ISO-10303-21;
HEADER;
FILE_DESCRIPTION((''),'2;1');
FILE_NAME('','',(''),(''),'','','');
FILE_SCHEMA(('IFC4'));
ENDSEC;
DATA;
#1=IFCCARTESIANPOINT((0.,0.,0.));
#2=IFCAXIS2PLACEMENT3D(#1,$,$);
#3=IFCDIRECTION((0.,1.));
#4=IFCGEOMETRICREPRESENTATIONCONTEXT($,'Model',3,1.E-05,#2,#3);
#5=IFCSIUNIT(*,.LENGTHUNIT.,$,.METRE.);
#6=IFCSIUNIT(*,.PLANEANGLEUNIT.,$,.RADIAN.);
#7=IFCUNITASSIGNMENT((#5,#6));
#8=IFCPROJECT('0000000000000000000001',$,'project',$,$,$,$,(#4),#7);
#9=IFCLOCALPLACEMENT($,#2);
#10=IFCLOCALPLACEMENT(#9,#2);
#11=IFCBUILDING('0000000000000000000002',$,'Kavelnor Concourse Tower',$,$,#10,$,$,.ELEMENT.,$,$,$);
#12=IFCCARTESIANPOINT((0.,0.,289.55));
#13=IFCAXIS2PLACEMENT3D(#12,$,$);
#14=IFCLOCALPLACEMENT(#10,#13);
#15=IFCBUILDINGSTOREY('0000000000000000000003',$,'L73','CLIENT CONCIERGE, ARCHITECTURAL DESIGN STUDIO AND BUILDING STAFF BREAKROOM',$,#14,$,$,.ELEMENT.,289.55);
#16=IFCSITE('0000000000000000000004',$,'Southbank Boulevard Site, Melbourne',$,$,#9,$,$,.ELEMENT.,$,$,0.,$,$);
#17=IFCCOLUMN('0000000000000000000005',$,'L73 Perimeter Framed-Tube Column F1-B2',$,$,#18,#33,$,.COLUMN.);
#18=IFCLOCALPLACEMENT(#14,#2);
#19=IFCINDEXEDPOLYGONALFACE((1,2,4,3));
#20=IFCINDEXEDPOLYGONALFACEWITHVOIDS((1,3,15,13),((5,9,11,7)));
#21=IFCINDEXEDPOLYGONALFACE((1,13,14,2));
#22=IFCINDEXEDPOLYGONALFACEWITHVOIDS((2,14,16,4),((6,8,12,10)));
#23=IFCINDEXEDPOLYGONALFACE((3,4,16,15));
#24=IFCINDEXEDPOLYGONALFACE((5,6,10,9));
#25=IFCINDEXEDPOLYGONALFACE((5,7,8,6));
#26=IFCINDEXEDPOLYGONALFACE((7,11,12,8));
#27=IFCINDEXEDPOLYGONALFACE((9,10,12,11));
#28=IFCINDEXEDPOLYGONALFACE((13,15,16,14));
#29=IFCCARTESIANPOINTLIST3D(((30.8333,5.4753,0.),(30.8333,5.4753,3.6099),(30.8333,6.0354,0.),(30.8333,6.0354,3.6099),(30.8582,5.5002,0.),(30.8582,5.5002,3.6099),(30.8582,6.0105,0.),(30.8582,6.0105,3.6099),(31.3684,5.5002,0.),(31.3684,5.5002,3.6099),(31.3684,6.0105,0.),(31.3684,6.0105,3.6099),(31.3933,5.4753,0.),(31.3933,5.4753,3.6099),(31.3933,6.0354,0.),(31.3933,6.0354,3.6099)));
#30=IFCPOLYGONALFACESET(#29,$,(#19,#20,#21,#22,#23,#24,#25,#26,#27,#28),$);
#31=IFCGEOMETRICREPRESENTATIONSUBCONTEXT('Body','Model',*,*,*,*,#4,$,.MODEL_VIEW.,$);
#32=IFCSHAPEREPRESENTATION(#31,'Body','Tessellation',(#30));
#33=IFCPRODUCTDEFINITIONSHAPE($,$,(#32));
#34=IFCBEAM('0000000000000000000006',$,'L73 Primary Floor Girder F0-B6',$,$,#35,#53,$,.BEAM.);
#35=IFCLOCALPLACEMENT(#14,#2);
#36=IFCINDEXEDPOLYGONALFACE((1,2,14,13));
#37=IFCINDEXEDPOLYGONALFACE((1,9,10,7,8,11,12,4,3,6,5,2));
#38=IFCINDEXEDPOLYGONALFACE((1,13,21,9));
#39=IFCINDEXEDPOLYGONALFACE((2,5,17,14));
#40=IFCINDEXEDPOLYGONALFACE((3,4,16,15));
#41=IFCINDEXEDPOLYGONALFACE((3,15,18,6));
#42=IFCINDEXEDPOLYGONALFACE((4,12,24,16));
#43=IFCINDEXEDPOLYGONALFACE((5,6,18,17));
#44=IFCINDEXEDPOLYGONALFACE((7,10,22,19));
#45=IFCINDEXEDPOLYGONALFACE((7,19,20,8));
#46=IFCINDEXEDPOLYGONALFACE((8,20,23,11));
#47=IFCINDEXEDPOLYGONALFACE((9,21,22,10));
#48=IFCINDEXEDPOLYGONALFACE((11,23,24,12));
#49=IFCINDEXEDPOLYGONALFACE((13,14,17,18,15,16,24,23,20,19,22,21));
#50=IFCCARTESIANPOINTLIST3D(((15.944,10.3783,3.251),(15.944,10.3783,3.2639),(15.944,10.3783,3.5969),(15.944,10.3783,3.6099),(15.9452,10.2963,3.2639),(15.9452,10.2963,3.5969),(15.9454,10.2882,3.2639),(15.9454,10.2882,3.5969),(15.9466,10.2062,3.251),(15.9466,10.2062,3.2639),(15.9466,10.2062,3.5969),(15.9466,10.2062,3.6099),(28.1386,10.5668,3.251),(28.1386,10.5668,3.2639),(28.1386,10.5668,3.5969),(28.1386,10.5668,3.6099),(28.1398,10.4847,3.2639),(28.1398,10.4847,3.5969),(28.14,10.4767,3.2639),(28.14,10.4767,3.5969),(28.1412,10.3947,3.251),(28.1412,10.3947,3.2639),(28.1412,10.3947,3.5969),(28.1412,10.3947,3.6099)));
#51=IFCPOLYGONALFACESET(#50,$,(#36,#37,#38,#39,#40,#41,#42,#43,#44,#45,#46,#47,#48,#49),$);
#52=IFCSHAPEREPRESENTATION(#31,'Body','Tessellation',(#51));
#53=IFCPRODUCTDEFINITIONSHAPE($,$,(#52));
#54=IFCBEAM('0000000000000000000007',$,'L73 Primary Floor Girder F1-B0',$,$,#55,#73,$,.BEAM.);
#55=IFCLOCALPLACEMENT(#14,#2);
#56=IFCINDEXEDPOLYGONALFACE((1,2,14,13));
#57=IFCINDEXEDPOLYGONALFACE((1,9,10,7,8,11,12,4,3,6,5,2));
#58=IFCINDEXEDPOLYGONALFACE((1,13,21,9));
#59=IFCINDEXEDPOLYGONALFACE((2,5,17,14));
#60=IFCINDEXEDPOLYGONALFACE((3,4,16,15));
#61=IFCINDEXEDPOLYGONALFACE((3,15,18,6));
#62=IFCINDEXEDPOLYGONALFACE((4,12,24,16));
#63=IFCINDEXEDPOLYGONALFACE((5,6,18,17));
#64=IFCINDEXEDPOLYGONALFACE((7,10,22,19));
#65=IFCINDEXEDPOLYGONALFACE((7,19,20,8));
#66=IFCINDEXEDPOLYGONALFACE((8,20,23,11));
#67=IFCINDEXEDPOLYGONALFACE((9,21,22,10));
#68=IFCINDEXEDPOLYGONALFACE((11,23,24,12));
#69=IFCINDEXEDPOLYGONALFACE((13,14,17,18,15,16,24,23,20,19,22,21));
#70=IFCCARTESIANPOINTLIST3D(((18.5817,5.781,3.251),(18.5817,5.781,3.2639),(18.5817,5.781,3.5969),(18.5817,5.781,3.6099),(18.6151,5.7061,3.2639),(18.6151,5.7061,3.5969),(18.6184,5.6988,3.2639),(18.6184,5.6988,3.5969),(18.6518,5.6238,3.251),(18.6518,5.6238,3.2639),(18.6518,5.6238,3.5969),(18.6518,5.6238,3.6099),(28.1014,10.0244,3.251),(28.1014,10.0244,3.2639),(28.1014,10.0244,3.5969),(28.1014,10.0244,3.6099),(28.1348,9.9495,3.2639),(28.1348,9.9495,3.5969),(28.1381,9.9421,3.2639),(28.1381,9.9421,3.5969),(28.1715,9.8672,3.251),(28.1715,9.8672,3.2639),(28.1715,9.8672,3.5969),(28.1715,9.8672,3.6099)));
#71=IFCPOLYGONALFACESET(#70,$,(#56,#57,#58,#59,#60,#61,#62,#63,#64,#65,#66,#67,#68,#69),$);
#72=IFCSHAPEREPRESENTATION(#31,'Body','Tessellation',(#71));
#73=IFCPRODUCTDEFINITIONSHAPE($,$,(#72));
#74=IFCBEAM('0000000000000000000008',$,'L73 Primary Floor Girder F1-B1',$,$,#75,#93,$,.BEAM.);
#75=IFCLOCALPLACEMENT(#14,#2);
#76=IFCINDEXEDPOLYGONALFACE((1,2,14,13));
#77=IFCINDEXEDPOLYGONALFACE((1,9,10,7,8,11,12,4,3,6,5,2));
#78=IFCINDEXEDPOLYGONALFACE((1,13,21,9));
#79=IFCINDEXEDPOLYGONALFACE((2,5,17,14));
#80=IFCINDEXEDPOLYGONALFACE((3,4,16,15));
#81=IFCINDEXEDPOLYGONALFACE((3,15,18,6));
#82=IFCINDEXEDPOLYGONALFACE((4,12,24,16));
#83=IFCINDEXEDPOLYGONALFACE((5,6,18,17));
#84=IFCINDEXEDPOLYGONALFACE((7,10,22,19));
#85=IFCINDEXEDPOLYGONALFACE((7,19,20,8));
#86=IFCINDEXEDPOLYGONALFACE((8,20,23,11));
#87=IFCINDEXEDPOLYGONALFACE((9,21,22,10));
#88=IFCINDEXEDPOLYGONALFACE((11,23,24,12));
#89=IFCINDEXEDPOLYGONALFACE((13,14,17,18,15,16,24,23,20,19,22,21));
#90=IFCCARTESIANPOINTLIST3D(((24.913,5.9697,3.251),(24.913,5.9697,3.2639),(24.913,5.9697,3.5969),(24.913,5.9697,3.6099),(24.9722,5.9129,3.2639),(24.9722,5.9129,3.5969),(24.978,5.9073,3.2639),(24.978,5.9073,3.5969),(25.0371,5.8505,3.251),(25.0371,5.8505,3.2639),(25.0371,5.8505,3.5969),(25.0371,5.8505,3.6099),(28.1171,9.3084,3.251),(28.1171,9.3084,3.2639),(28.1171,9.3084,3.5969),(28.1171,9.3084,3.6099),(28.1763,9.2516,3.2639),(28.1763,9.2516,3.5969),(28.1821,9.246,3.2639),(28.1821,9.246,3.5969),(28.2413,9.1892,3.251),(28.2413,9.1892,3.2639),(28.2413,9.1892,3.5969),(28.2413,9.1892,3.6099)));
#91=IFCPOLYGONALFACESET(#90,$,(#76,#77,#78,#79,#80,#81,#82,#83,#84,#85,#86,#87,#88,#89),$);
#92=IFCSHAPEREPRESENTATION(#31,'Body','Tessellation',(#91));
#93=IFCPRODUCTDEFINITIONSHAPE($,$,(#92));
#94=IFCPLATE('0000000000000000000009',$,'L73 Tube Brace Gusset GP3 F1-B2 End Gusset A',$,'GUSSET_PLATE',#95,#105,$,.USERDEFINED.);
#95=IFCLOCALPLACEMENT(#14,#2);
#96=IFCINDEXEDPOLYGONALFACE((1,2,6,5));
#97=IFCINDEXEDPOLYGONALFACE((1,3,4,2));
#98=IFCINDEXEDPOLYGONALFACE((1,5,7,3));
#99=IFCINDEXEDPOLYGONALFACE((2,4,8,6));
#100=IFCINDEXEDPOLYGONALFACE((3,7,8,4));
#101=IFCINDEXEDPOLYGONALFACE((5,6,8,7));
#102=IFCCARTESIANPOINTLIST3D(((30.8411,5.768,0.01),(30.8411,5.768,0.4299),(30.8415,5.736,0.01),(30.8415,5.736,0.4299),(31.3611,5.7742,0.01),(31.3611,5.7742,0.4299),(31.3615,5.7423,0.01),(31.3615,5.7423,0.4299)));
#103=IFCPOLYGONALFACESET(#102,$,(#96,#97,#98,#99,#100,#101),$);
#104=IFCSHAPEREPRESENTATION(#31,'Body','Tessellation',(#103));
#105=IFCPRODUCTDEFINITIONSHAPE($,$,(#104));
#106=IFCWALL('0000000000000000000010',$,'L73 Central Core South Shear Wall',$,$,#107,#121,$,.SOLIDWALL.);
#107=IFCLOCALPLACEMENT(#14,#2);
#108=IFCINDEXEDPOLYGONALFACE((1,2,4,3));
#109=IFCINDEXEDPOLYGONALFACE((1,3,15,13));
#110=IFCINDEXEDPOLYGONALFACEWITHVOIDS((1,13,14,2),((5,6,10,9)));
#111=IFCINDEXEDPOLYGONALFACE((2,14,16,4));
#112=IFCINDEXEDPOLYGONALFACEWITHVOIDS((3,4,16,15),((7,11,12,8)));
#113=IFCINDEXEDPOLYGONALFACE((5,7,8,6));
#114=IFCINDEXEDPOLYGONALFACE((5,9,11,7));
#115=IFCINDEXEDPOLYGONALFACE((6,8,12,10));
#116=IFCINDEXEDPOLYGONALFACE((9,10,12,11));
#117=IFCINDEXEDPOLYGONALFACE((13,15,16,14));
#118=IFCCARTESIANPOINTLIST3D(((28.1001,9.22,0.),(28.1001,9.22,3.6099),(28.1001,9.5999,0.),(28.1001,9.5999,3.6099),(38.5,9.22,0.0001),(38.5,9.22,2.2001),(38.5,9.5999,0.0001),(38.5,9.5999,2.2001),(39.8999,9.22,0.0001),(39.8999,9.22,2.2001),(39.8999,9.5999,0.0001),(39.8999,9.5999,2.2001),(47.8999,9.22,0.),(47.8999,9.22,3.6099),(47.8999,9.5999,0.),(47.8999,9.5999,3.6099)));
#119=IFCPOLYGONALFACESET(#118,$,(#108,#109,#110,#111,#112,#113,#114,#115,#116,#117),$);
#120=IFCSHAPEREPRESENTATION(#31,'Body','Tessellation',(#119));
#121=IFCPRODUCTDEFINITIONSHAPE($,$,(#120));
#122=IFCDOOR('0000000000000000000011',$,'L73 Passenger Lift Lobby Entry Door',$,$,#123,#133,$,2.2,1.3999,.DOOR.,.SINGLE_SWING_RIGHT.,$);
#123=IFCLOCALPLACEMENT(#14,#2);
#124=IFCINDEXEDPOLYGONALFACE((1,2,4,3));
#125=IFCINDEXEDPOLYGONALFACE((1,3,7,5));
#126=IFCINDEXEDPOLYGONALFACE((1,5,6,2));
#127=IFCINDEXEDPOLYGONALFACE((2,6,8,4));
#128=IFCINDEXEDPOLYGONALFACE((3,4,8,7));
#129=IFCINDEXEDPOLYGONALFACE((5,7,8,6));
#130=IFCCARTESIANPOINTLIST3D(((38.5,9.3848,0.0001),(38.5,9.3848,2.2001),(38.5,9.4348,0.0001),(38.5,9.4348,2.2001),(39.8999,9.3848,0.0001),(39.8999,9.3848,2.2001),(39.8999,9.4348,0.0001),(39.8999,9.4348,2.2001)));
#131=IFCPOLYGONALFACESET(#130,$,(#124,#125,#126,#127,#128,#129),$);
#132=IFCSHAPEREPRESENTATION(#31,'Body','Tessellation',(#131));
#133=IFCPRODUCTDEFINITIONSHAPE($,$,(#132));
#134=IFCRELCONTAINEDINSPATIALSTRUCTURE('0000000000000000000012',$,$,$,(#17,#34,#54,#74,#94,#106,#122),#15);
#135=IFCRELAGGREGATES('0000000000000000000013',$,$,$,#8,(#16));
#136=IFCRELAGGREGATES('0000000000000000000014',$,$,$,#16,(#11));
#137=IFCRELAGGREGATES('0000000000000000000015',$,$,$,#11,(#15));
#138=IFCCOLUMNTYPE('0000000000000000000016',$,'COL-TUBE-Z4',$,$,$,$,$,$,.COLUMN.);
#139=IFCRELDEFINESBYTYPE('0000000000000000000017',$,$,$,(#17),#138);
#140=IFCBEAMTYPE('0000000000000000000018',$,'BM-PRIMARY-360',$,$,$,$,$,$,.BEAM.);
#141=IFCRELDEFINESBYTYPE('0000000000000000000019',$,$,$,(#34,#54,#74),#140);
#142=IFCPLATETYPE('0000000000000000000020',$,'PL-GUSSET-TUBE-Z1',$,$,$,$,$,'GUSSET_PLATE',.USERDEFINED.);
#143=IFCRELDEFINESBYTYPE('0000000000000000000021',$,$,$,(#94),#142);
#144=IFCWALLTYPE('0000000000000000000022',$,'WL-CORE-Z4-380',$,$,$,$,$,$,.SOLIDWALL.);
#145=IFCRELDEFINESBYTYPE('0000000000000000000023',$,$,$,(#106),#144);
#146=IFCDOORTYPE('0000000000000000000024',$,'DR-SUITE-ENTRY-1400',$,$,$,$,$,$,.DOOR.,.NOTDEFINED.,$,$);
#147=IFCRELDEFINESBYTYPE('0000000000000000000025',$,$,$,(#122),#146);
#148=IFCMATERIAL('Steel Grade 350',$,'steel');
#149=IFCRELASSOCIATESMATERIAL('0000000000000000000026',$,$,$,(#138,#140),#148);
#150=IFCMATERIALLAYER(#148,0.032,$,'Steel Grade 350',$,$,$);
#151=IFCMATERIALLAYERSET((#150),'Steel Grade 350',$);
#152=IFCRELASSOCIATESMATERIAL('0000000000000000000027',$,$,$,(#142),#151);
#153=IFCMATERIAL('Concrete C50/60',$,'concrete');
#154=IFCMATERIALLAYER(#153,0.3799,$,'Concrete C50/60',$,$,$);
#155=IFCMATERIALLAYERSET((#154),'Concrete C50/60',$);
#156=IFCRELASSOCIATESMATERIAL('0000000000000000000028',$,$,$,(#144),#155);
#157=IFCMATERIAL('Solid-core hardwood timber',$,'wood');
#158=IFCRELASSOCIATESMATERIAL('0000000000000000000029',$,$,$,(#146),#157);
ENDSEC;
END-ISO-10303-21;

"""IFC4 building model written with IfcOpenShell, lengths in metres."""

from ifc_helpers import new_model, si_unit, direction, frame, frame_2d, origin, origin_2d, place, context, subcontext, project, spatial, rectangle, hollow_rectangle, i_section, extrude, material, layer, layer_set, material_profile, profile_set, type_object, element, fill, save


model = new_model("IFC4")

# Units and contexts
model_context = context("Model", 3, precision=1e-05, world=origin(), true_north=direction((0.0, 1.0)))
body_context = subcontext(model_context, "Body", "Model", "MODEL_VIEW")
ifc_project = project(units=[si_unit("LENGTHUNIT", "METRE"), si_unit("PLANEANGLEUNIT", "RADIAN")], contexts=[model_context])

# Site, building, storey
site_placement = place(None, origin())
site = spatial("IfcSite", under=ifc_project, at=site_placement, Name="Southbank Boulevard Site, Melbourne", CompositionType="ELEMENT", RefElevation=0.0)
building_placement = place(site_placement, origin())
building = spatial("IfcBuilding", under=site, at=building_placement, Name="Kavelnor Concourse Tower", CompositionType="ELEMENT")
storey_placement = place(building_placement, frame((0.0, 0.0, 289.55)))
storey = spatial("IfcBuildingStorey", under=building, at=storey_placement, Name="L73", Description="CLIENT CONCIERGE, ARCHITECTURAL DESIGN STUDIO AND BUILDING STAFF BREAKROOM", CompositionType="ELEMENT", Elevation=289.55)

# Column
ifc_material_1 = material(Name="Steel Grade 350", Category="steel")
ifc_material_profile_1 = material_profile(ifc_material_1, hollow_rectangle(XDim=0.5601, YDim=0.5601, WallThickness=0.0249, at=origin_2d()), Name="SHS 560x560x25")
ifc_profile_set_1 = profile_set([ifc_material_profile_1], Name="Steel Grade 350")
column_type = type_object("IfcColumnType", Name="COL-TUBE-Z4", PredefinedType="COLUMN", material=ifc_profile_set_1)
column_placement = place(storey_placement, frame((31.1133, 5.7554, 0.0), z_axis=(0.0, 0.0, 1.0), x_axis=(1.0, 0.0, 0.0)))
element("IfcColumn", 1, at=column_placement, inside=storey, type_object=column_type, Name="L73 Perimeter Framed-Tube Column F1-B2", PredefinedType="COLUMN", context=body_context, shape_type="SweptSolid", body=[
    extrude(hollow_rectangle(XDim=0.5601, YDim=0.5601, WallThickness=0.0249, at=origin_2d()), origin(), (0.0, 0.0, 1.0), 3.6099),
])

# Beams
ifc_material_profile_2 = material_profile(ifc_material_1, i_section(OverallWidth=0.1721, OverallDepth=0.3589, WebThickness=0.0081, FlangeThickness=0.0129, at=origin_2d()), Name="360UB56")
ifc_profile_set_2 = profile_set([ifc_material_profile_2], Name="Steel Grade 350")
beam_type = type_object("IfcBeamType", Name="BM-PRIMARY-360", PredefinedType="BEAM", material=ifc_profile_set_2)
beam_1_placement = place(storey_placement, frame((28.1399, 10.4807, 3.4304), z_axis=(-0.999881, -0.015454, 0.0), x_axis=(0.015454, -0.999881, 0.0)))
element("IfcBeam", 2, at=beam_1_placement, inside=storey, type_object=beam_type, Name="L73 Primary Floor Girder F0-B6", PredefinedType="BEAM", context=body_context, shape_type="SweptSolid", body=[
    extrude(i_section(OverallWidth=0.1721, OverallDepth=0.3589, WebThickness=0.0081, FlangeThickness=0.0129, at=origin_2d()), origin(), (0.0, 0.0, 1.0), 12.196),
])
beam_2_placement = place(storey_placement, frame((28.1365, 9.9458, 3.4304), z_axis=(-0.91337, -0.407131, 0.0), x_axis=(0.407131, -0.91337, 0.0)))
element("IfcBeam", 3, at=beam_2_placement, inside=storey, type_object=beam_type, Name="L73 Primary Floor Girder F1-B0", PredefinedType="BEAM", context=body_context, shape_type="SweptSolid", body=[
    extrude(i_section(OverallWidth=0.1721, OverallDepth=0.3589, WebThickness=0.0081, FlangeThickness=0.0129, at=origin_2d()), origin(), (0.0, 0.0, 1.0), 10.4226),
])
beam_3_placement = place(storey_placement, frame((28.1792, 9.2488, 3.4304), z_axis=(-0.692422, -0.721493, 0.0), x_axis=(0.721493, -0.692422, 0.0)))
element("IfcBeam", 4, at=beam_3_placement, inside=storey, type_object=beam_type, Name="L73 Primary Floor Girder F1-B1", PredefinedType="BEAM", context=body_context, shape_type="SweptSolid", body=[
    extrude(i_section(OverallWidth=0.1721, OverallDepth=0.3589, WebThickness=0.0081, FlangeThickness=0.0129, at=origin_2d()), origin(), (0.0, 0.0, 1.0), 4.6274),
])

# Plate
ifc_layer_1 = layer(ifc_material_1, 0.032, Name="Steel Grade 350")
ifc_layer_set_1 = layer_set([ifc_layer_1], Name="Steel Grade 350")
plate_type = type_object("IfcPlateType", Name="PL-GUSSET-TUBE-Z1", ElementType="GUSSET_PLATE", PredefinedType="USERDEFINED", material=ifc_layer_set_1)
plate_placement = place(storey_placement, frame((31.1013, 5.7551, 0.01), z_axis=(0.0, 0.0, 1.0), x_axis=(0.999927, 0.012042, 0.0)))
element("IfcPlate", 5, at=plate_placement, inside=storey, type_object=plate_type, Name="L73 Tube Brace Gusset GP3 F1-B2 End Gusset A", ObjectType="GUSSET_PLATE", PredefinedType="USERDEFINED", context=body_context, shape_type="SweptSolid", body=[
    extrude(rectangle(XDim=0.52, YDim=0.032, at=origin_2d()), origin(), (0.0, 0.0, 1.0), 0.4199),
])

# Wall, opening, door
ifc_material_2 = material(Name="Concrete C50/60", Category="concrete")
ifc_layer_2 = layer(ifc_material_2, 0.3799, Name="Concrete C50/60")
ifc_layer_set_2 = layer_set([ifc_layer_2], Name="Concrete C50/60")
wall_type = type_object("IfcWallType", Name="WL-CORE-Z4-380", PredefinedType="SOLIDWALL", material=ifc_layer_set_2)
wall_1_placement = place(storey_placement, frame((28.1001, 9.4099, 0.0), z_axis=(0.0, 0.0, 1.0), x_axis=(1.0, 0.0, 0.0)))
wall_1 = element("IfcWall", 6, at=wall_1_placement, inside=storey, type_object=wall_type, Name="L73 Central Core South Shear Wall", PredefinedType="SOLIDWALL", context=body_context, shape_type="SweptSolid", body=[
    extrude(rectangle(XDim=19.7998, YDim=0.3799, at=frame_2d((9.8999, 0.0))), origin(), (0.0, 0.0, 1.0), 3.6099),
])
opening_1_placement = place(wall_1_placement, frame((10.3999, 0.0, 0.0)))
opening_1 = element("IfcOpeningElement", 7, at=opening_1_placement, cuts=wall_1, PredefinedType="OPENING", context=body_context, shape_type="SweptSolid", body=[
    extrude(rectangle(XDim=1.3999, YDim=2.2, at=frame_2d((0.7, 1.1001))), frame((0.0, 0.2, 0.0), z_axis=(0.0, -1.0, 0.0), x_axis=(1.0, 0.0, 0.0)), (0.0, 0.0, 1.0), 0.3999),
])
ifc_material_3 = material(Name="Solid-core hardwood timber", Category="wood")
door_type_1 = type_object("IfcDoorType", Name="DR-SUITE-ENTRY-1400", OperationType="NOTDEFINED", PredefinedType="DOOR", material=ifc_material_3)
door_1_placement = place(opening_1_placement, origin())
door_1 = element("IfcDoor", 8, at=door_1_placement, inside=storey, type_object=door_type_1, Name="L73 Passenger Lift Lobby Entry Door", OperationType="SINGLE_SWING_RIGHT", OverallHeight=2.2, OverallWidth=1.3999, PredefinedType="DOOR", context=body_context, shape_type="SweptSolid", body=[
    extrude(rectangle(XDim=1.3999, YDim=2.2, at=frame_2d((0.7, 1.1001))), frame((0.0, 0.0249, 0.0), z_axis=(0.0, -1.0, 0.0), x_axis=(1.0, 0.0, 0.0)), (0.0, 0.0, 1.0), 0.05),
])
fill(opening_1, door_1)

save(model, "model.ifc")
